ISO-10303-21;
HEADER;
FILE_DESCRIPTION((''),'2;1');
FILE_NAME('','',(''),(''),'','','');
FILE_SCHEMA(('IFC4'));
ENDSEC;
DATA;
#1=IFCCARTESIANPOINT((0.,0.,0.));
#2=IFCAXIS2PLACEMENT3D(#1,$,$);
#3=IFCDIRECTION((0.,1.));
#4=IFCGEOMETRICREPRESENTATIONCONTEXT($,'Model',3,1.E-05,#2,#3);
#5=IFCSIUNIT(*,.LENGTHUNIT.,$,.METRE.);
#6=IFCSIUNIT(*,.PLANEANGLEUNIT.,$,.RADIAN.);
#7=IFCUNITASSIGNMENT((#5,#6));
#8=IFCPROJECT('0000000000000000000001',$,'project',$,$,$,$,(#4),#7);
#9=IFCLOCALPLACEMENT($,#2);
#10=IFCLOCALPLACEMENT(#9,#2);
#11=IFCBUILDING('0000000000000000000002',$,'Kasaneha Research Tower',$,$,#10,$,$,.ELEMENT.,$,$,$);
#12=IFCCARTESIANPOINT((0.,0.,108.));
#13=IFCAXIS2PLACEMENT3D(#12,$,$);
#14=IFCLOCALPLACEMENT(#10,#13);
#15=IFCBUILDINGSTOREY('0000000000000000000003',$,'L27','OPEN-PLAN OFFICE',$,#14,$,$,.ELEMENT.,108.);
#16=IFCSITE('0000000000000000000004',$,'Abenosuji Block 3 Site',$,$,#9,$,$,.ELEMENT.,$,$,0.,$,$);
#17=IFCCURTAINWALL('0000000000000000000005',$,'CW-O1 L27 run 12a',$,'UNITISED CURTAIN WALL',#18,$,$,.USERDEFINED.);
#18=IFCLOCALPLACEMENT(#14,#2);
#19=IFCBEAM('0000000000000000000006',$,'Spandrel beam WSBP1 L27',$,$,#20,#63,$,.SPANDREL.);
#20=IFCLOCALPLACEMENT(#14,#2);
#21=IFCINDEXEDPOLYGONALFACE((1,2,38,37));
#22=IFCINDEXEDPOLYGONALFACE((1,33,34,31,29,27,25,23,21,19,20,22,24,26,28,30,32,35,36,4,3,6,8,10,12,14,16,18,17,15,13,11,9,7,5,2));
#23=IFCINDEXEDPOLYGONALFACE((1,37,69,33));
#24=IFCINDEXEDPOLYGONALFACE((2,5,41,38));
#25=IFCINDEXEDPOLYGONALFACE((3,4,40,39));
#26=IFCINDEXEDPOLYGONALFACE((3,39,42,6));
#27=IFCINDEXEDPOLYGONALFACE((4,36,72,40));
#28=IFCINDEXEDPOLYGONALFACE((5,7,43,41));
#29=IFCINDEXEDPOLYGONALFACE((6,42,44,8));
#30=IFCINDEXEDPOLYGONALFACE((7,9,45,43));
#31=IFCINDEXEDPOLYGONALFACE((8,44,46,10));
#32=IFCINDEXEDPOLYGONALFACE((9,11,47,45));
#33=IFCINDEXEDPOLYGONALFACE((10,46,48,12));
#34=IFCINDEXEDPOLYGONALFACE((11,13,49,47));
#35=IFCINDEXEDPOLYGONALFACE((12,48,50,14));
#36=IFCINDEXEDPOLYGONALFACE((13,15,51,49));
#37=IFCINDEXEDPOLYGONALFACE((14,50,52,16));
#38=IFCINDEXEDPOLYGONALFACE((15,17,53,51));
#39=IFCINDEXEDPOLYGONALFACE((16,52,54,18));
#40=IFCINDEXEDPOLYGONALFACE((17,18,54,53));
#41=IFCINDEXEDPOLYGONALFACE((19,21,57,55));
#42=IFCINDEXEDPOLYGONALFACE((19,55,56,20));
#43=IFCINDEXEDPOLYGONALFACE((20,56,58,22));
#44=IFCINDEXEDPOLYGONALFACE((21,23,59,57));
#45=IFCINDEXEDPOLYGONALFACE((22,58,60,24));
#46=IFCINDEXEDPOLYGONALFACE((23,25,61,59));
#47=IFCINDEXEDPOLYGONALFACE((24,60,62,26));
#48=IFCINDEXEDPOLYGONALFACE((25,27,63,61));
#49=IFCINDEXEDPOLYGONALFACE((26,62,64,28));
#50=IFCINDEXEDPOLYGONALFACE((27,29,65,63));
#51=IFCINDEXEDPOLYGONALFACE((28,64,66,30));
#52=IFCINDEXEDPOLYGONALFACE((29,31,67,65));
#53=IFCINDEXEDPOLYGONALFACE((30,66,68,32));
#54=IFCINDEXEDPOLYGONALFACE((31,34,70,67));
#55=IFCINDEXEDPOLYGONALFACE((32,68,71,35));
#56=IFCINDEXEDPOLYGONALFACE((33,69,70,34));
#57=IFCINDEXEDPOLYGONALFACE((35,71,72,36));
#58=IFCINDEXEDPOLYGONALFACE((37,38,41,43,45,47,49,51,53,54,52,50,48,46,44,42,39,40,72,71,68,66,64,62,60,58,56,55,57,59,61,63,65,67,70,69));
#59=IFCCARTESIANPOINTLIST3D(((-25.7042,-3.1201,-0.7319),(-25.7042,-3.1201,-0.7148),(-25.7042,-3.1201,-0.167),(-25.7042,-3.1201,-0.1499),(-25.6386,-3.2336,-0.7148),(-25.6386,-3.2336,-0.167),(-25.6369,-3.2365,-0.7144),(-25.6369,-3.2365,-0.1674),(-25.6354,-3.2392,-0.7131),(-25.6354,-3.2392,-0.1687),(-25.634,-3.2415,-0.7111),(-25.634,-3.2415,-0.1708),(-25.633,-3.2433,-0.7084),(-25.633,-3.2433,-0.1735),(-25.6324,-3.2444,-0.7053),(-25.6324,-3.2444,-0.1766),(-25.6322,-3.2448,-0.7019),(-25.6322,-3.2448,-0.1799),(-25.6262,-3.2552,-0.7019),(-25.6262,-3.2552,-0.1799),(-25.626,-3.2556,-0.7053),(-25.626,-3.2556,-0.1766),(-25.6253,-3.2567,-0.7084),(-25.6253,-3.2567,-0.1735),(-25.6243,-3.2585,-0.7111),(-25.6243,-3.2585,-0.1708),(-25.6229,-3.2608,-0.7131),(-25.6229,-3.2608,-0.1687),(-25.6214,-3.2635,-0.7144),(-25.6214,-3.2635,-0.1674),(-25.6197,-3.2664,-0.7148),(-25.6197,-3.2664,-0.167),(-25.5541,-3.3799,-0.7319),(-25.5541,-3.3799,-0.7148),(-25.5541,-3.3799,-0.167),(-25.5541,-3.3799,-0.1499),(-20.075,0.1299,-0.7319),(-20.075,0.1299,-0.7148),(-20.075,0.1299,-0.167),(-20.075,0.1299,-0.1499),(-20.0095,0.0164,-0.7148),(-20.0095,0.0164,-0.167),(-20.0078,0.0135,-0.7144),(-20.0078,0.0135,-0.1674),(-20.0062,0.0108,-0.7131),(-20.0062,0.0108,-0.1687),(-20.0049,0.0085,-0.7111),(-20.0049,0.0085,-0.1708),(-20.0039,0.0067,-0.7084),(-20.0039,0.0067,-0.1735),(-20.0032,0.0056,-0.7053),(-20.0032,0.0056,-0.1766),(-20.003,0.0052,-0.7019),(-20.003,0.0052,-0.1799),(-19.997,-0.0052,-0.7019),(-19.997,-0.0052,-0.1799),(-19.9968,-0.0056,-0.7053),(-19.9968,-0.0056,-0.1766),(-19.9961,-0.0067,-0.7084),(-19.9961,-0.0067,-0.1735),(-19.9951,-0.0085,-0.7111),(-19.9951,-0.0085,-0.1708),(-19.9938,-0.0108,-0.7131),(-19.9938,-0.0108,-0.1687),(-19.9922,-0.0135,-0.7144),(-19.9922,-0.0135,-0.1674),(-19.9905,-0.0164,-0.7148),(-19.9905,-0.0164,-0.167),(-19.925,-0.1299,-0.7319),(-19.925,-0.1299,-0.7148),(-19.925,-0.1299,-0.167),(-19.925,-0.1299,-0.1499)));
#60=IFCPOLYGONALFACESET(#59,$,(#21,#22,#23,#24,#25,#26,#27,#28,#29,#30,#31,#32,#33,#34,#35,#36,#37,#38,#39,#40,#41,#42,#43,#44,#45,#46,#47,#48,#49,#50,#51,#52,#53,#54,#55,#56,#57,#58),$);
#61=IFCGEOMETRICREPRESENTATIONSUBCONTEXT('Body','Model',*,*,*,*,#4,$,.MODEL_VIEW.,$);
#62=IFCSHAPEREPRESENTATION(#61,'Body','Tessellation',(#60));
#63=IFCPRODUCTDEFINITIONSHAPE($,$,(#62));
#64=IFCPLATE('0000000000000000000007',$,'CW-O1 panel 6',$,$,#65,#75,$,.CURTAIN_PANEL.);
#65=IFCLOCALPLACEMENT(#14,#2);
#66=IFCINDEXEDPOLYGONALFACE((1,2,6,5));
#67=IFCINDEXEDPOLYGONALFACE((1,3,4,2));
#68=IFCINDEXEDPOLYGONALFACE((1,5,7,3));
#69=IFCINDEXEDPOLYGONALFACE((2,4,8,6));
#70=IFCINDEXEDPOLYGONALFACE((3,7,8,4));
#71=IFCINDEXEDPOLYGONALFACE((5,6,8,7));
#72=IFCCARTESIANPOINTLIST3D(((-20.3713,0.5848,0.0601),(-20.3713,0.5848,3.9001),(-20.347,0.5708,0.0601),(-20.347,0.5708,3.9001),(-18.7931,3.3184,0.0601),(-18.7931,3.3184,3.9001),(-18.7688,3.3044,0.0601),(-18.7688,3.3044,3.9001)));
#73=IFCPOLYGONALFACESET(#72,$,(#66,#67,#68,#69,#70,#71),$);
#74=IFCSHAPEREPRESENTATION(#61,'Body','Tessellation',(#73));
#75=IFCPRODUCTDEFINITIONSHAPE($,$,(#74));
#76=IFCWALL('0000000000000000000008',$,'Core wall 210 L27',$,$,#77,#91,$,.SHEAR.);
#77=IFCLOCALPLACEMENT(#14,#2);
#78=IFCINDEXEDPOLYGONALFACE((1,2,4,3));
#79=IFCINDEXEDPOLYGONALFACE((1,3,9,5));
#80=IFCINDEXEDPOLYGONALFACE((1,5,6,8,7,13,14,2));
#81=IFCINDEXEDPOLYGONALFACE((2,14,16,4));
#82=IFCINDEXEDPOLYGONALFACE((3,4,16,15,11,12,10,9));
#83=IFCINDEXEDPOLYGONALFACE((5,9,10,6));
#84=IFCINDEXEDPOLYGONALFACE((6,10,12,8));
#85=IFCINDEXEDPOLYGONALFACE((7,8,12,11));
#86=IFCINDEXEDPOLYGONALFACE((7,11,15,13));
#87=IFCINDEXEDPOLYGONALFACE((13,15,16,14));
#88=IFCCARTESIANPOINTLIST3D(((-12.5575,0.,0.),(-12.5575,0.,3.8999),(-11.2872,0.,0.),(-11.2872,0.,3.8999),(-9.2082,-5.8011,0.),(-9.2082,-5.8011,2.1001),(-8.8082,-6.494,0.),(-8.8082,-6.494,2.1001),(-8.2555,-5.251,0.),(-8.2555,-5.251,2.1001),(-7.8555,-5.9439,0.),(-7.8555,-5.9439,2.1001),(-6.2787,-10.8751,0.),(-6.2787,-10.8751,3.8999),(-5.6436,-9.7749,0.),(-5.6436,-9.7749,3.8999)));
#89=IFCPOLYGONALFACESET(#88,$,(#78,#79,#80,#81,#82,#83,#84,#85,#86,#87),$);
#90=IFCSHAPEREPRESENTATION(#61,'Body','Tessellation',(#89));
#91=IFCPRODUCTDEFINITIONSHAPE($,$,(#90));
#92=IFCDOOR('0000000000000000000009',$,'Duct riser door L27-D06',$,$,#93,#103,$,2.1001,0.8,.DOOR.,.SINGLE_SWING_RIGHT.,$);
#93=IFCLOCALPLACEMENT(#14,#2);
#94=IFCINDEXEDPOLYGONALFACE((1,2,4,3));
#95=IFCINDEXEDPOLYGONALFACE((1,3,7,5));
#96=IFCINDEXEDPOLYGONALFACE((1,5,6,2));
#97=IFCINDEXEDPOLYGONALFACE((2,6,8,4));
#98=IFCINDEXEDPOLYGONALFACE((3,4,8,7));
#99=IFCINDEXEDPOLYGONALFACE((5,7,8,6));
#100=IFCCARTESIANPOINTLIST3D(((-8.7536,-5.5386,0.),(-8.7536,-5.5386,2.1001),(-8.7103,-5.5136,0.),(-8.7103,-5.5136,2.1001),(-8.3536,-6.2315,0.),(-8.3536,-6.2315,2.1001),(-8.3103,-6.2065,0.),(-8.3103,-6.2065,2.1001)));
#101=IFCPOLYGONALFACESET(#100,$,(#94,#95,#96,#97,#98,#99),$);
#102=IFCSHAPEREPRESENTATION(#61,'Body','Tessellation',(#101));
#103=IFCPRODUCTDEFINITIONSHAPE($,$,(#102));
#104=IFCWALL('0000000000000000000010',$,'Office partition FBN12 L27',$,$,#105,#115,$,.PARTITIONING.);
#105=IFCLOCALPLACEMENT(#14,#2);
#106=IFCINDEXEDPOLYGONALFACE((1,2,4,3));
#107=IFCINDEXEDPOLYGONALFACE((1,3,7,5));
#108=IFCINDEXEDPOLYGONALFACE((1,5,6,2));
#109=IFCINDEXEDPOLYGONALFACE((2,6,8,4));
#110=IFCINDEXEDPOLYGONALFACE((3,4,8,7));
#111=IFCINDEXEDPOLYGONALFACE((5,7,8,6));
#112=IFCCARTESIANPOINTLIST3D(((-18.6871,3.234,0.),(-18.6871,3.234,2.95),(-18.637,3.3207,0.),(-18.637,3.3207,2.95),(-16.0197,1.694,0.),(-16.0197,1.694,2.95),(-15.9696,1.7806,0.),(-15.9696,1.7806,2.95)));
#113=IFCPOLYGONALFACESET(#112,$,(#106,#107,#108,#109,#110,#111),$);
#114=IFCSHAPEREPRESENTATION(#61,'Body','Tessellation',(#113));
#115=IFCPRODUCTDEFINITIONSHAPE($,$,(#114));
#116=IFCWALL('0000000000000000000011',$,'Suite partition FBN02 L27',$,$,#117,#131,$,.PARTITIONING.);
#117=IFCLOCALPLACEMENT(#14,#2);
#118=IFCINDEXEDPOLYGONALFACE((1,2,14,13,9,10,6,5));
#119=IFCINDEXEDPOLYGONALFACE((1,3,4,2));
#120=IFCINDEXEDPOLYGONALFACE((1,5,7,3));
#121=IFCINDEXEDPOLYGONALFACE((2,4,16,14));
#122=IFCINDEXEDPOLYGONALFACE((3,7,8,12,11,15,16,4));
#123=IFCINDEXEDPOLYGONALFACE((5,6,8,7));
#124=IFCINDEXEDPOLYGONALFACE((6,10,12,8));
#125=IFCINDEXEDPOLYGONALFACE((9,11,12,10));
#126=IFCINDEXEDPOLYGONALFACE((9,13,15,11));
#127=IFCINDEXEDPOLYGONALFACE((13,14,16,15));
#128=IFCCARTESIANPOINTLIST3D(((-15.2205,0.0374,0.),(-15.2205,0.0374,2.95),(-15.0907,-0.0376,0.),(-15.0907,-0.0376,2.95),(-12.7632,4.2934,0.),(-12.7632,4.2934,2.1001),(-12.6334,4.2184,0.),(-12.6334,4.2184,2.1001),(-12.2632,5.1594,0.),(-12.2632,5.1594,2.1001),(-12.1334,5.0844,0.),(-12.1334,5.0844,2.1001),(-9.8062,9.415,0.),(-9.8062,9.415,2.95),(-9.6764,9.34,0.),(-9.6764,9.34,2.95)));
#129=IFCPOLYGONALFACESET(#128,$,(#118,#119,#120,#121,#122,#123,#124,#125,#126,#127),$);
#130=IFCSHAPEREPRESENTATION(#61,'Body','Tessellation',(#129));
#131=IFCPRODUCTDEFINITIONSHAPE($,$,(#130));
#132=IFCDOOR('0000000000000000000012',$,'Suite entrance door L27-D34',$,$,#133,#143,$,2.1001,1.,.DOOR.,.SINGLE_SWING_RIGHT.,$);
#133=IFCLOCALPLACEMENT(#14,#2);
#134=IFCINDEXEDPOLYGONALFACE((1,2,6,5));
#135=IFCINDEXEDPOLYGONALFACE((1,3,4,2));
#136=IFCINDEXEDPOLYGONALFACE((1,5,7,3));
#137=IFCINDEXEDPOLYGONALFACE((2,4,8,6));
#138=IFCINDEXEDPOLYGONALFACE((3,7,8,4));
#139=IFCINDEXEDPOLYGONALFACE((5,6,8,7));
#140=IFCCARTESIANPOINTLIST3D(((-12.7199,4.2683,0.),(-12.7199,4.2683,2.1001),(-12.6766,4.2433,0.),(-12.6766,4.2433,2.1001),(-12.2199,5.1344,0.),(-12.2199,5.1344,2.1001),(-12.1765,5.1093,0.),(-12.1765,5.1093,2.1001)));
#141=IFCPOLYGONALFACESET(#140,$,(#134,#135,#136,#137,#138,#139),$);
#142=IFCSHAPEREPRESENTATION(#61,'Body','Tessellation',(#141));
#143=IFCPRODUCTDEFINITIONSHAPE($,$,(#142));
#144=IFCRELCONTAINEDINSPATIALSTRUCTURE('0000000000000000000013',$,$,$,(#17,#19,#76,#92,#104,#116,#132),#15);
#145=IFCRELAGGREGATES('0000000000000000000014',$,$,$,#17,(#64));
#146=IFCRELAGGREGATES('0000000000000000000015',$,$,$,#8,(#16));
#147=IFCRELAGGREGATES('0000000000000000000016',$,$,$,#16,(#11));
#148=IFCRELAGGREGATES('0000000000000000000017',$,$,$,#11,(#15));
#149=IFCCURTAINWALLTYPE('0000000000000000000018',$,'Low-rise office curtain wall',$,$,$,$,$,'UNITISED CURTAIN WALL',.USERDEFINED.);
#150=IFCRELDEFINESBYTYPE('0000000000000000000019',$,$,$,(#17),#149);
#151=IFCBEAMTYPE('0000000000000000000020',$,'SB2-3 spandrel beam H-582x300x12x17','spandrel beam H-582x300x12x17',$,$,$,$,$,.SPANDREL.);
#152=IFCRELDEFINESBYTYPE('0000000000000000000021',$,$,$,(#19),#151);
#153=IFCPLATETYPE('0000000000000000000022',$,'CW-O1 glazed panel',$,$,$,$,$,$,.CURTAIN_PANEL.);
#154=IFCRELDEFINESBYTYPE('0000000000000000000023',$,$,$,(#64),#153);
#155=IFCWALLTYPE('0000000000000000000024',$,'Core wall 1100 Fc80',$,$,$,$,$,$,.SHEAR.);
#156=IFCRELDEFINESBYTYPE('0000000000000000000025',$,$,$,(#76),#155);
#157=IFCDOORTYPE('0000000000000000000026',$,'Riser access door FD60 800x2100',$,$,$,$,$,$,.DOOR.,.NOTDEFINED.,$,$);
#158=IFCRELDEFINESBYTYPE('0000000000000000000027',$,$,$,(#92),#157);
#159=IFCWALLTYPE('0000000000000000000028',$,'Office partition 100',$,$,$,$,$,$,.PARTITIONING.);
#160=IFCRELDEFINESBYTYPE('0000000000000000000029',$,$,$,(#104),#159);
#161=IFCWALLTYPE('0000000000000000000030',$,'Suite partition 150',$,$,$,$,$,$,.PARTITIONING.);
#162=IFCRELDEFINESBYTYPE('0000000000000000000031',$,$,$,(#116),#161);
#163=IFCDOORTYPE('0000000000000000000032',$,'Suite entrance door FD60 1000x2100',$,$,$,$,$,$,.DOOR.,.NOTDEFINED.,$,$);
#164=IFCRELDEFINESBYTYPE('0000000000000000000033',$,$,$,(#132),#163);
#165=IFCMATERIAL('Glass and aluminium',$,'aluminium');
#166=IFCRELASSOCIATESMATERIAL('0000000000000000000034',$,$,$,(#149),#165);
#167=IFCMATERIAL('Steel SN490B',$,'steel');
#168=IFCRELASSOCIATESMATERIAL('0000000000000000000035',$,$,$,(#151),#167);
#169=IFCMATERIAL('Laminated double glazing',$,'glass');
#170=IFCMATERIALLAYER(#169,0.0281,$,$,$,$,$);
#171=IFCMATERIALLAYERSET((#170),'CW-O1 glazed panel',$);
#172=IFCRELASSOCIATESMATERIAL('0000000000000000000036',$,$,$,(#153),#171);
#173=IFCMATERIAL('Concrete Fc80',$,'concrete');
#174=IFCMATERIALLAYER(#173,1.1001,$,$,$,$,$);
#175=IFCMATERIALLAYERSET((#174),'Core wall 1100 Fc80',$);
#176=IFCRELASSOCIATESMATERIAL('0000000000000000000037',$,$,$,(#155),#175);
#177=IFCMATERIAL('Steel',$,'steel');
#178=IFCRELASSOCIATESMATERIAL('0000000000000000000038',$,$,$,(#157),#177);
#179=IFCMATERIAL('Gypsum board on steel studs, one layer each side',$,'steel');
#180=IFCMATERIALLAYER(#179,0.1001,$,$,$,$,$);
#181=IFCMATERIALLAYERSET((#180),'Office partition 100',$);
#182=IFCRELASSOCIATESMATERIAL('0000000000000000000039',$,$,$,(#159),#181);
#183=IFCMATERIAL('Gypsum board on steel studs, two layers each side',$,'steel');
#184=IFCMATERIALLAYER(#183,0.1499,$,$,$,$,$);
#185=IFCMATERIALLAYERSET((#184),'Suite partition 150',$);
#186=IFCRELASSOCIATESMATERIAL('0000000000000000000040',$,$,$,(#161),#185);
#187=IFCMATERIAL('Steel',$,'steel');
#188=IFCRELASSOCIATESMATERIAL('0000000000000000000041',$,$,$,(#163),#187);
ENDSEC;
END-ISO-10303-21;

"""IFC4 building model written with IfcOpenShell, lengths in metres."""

from ifc_helpers import new_model, si_unit, direction, frame, frame_2d, origin, origin_2d, place, context, subcontext, project, spatial, polyline, rectangle, i_section, outline, extrude, material, layer, layer_set, material_profile, profile_set, type_object, element, fill, aggregate, save


model = new_model("IFC4")

# Units and contexts
model_context = context("Model", 3, precision=1e-05, world=origin(), true_north=direction((0.0, 1.0)))
body_context = subcontext(model_context, "Body", "Model", "MODEL_VIEW")
ifc_project = project(units=[si_unit("LENGTHUNIT", "METRE"), si_unit("PLANEANGLEUNIT", "RADIAN")], contexts=[model_context])

# Site, building, storey
site_placement = place(None, origin())
site = spatial("IfcSite", under=ifc_project, at=site_placement, Name="Abenosuji Block 3 Site", CompositionType="ELEMENT", RefElevation=0.0)
building_placement = place(site_placement, origin())
building = spatial("IfcBuilding", under=site, at=building_placement, Name="Kasaneha Research Tower", CompositionType="ELEMENT")
storey_placement = place(building_placement, frame((0.0, 0.0, 108.0)))
storey = spatial("IfcBuildingStorey", under=building, at=storey_placement, Name="L27", Description="OPEN-PLAN OFFICE", CompositionType="ELEMENT", Elevation=108.0)

# Curtain wall
ifc_material_1 = material(Name="Glass and aluminium", Category="aluminium")
curtain_wall_type = type_object("IfcCurtainWallType", Name="Low-rise office curtain wall", ElementType="UNITISED CURTAIN WALL", PredefinedType="USERDEFINED", material=ifc_material_1)
curtain_wall_1_placement = place(storey_placement, origin())
curtain_wall_1 = element("IfcCurtainWall", 1, at=curtain_wall_1_placement, inside=storey, type_object=curtain_wall_type, Name="CW-O1 L27 run 12a", ObjectType="UNITISED CURTAIN WALL", PredefinedType="USERDEFINED")

# Beam
ifc_material_2 = material(Name="Steel SN490B", Category="steel")
ifc_material_profile_1 = material_profile(ifc_material_2, i_section(OverallWidth=0.3, OverallDepth=0.582, WebThickness=0.012, FlangeThickness=0.0171, FilletRadius=0.0129, at=origin_2d()), Name="H-582x300x12x17")
ifc_profile_set_1 = profile_set([ifc_material_profile_1], Name="Steel SN490B")
beam_type_1 = type_object("IfcBeamType", Name="SB2-3 spandrel beam H-582x300x12x17", Description="spandrel beam H-582x300x12x17", PredefinedType="SPANDREL", material=ifc_profile_set_1)
beam_1_placement = place(storey_placement, frame((-20.0, 0.0, -0.4409), z_axis=(-0.866025, -0.500001, 0.0), x_axis=(0.500001, -0.866025, 0.0)))
element("IfcBeam", 2, at=beam_1_placement, inside=storey, type_object=beam_type_1, Name="Spandrel beam WSBP1 L27", PredefinedType="SPANDREL", context=body_context, shape_type="SweptSolid", body=[
    extrude(i_section(OverallWidth=0.3, OverallDepth=0.582, WebThickness=0.012, FlangeThickness=0.0171, FilletRadius=0.0129, at=origin_2d()), origin(), (0.0, 0.0, 1.0), 6.5),
])

# Plate
ifc_material_3 = material(Name="Laminated double glazing", Category="glass")
ifc_layer_1 = layer(ifc_material_3, 0.0281)
ifc_layer_set_1 = layer_set([ifc_layer_1], Name="CW-O1 glazed panel")
plate_type = type_object("IfcPlateType", Name="CW-O1 glazed panel", PredefinedType="CURTAIN_PANEL", material=ifc_layer_set_1)
plate_placement = place(storey_placement, frame((-19.5701, 1.9446, 0.0601), z_axis=(0.0, 0.0, 1.0), x_axis=(-0.5, -0.866025, 0.0)))
plate = element("IfcPlate", 3, at=plate_placement, type_object=plate_type, Name="CW-O1 panel 6", PredefinedType="CURTAIN_PANEL", context=body_context, shape_type="SweptSolid", body=[
    extrude(rectangle(XDim=3.1565, YDim=0.0281, at=origin_2d()), origin(), (0.0, 0.0, 1.0), 3.8401),
])
aggregate(curtain_wall_1, [plate])

# Wall, opening, door
ifc_material_4 = material(Name="Concrete Fc80", Category="concrete")
ifc_layer_2 = layer(ifc_material_4, 1.1001)
ifc_layer_set_2 = layer_set([ifc_layer_2], Name="Core wall 1100 Fc80")
wall_type_1 = type_object("IfcWallType", Name="Core wall 1100 Fc80", PredefinedType="SHEAR", material=ifc_layer_set_2)
wall_1_placement = place(storey_placement, frame((-11.9224, 0.0, 0.0), z_axis=(0.0, 0.0, 1.0), x_axis=(0.500004, -0.866023, 0.0)))
wall_1 = element("IfcWall", 4, at=wall_1_placement, inside=storey, type_object=wall_type_1, Name="Core wall 210 L27", PredefinedType="SHEAR", context=body_context, shape_type="SweptSolid", body=[
    extrude(outline(polyline([(-0.3176, -0.55), (6.3811, -0.55), (7.1812, -0.55), (12.24, -0.55), (11.6047, 0.55), (7.1812, 0.55), (6.3811, 0.55), (0.3176, 0.55), (-0.3176, -0.55)])), origin(), (0.0, 0.0, 1.0), 3.8999),
])
opening_1_placement = place(wall_1_placement, frame((6.3811, 0.0, 0.0)))
opening_1 = element("IfcOpeningElement", 5, at=opening_1_placement, cuts=wall_1, PredefinedType="OPENING", context=body_context, shape_type="SweptSolid", body=[
    extrude(rectangle(XDim=0.8, YDim=2.1001, at=frame_2d((0.3999, 1.05))), frame((0.0, 0.5601, 0.0), z_axis=(0.0, -1.0, 0.0), x_axis=(1.0, 0.0, 0.0)), (0.0, 0.0, 1.0), 1.1201),
])
ifc_material_5 = material(Name="Steel", Category="steel")
door_type_1 = type_object("IfcDoorType", Name="Riser access door FD60 800x2100", OperationType="NOTDEFINED", PredefinedType="DOOR", material=ifc_material_5)
door_1_placement = place(opening_1_placement, origin())
door_1 = element("IfcDoor", 6, at=door_1_placement, inside=storey, type_object=door_type_1, Name="Duct riser door L27-D06", OperationType="SINGLE_SWING_RIGHT", OverallHeight=2.1001, OverallWidth=0.8, PredefinedType="DOOR", context=body_context, shape_type="SweptSolid", body=[
    extrude(rectangle(XDim=0.8, YDim=2.1001, at=frame_2d((0.3999, 1.05))), frame((0.0, 0.0249, 0.0), z_axis=(0.0, -1.0, 0.0), x_axis=(1.0, 0.0, 0.0)), (0.0, 0.0, 1.0), 0.05),
])
fill(opening_1, door_1)

# Wall
ifc_material_6 = material(Name="Gypsum board on steel studs, one layer each side", Category="steel")
ifc_layer_3 = layer(ifc_material_6, 0.1001)
ifc_layer_set_3 = layer_set([ifc_layer_3], Name="Office partition 100")
wall_type_2 = type_object("IfcWallType", Name="Office partition 100", PredefinedType="PARTITIONING", material=ifc_layer_set_3)
wall_2_placement = place(storey_placement, frame((-15.9946, 1.7373, 0.0), z_axis=(0.0, 0.0, 1.0), x_axis=(-0.86603, 0.499992, 0.0)))
element("IfcWall", 7, at=wall_2_placement, inside=storey, type_object=wall_type_2, Name="Office partition FBN12 L27", PredefinedType="PARTITIONING", context=body_context, shape_type="SweptSolid", body=[
    extrude(rectangle(XDim=3.0801, YDim=0.1001, at=frame_2d((1.54, 0.0))), origin(), (0.0, 0.0, 1.0), 2.95),
])

# Wall, opening, door
ifc_material_7 = material(Name="Gypsum board on steel studs, two layers each side", Category="steel")
ifc_layer_4 = layer(ifc_material_7, 0.1499)
ifc_layer_set_4 = layer_set([ifc_layer_4], Name="Suite partition 150")
wall_type_3 = type_object("IfcWallType", Name="Suite partition 150", PredefinedType="PARTITIONING", material=ifc_layer_set_4)
wall_3_placement = place(storey_placement, frame((-15.1555, 0.0, 0.0), z_axis=(0.0, 0.0, 1.0), x_axis=(0.500007, 0.866022, 0.0)))
wall_3 = element("IfcWall", 8, at=wall_3_placement, inside=storey, type_object=wall_type_3, Name="Suite partition FBN02 L27", PredefinedType="PARTITIONING", context=body_context, shape_type="SweptSolid", body=[
    extrude(rectangle(XDim=10.8284, YDim=0.1499, at=frame_2d((5.4141, 0.0))), origin(), (0.0, 0.0, 1.0), 2.95),
])
opening_2_placement = place(wall_3_placement, frame((4.9143, 0.0, 0.0)))
opening_2 = element("IfcOpeningElement", 9, at=opening_2_placement, cuts=wall_3, PredefinedType="OPENING", context=body_context, shape_type="SweptSolid", body=[
    extrude(rectangle(XDim=1.0, YDim=2.1001, at=frame_2d((0.5, 1.05))), frame((0.0, 0.085, 0.0), z_axis=(0.0, -1.0, 0.0), x_axis=(1.0, 0.0, 0.0)), (0.0, 0.0, 1.0), 0.1699),
])
ifc_material_8 = material(Name="Steel", Category="steel")
door_type_2 = type_object("IfcDoorType", Name="Suite entrance door FD60 1000x2100", OperationType="NOTDEFINED", PredefinedType="DOOR", material=ifc_material_8)
door_2_placement = place(opening_2_placement, origin())
door_2 = element("IfcDoor", 10, at=door_2_placement, inside=storey, type_object=door_type_2, Name="Suite entrance door L27-D34", OperationType="SINGLE_SWING_RIGHT", OverallHeight=2.1001, OverallWidth=1.0, PredefinedType="DOOR", context=body_context, shape_type="SweptSolid", body=[
    extrude(rectangle(XDim=1.0, YDim=2.1001, at=frame_2d((0.5, 1.05))), frame((0.0, 0.0249, 0.0), z_axis=(0.0, -1.0, 0.0), x_axis=(1.0, 0.0, 0.0)), (0.0, 0.0, 1.0), 0.05),
])
fill(opening_2, door_2)

save(model, "model.ifc")
